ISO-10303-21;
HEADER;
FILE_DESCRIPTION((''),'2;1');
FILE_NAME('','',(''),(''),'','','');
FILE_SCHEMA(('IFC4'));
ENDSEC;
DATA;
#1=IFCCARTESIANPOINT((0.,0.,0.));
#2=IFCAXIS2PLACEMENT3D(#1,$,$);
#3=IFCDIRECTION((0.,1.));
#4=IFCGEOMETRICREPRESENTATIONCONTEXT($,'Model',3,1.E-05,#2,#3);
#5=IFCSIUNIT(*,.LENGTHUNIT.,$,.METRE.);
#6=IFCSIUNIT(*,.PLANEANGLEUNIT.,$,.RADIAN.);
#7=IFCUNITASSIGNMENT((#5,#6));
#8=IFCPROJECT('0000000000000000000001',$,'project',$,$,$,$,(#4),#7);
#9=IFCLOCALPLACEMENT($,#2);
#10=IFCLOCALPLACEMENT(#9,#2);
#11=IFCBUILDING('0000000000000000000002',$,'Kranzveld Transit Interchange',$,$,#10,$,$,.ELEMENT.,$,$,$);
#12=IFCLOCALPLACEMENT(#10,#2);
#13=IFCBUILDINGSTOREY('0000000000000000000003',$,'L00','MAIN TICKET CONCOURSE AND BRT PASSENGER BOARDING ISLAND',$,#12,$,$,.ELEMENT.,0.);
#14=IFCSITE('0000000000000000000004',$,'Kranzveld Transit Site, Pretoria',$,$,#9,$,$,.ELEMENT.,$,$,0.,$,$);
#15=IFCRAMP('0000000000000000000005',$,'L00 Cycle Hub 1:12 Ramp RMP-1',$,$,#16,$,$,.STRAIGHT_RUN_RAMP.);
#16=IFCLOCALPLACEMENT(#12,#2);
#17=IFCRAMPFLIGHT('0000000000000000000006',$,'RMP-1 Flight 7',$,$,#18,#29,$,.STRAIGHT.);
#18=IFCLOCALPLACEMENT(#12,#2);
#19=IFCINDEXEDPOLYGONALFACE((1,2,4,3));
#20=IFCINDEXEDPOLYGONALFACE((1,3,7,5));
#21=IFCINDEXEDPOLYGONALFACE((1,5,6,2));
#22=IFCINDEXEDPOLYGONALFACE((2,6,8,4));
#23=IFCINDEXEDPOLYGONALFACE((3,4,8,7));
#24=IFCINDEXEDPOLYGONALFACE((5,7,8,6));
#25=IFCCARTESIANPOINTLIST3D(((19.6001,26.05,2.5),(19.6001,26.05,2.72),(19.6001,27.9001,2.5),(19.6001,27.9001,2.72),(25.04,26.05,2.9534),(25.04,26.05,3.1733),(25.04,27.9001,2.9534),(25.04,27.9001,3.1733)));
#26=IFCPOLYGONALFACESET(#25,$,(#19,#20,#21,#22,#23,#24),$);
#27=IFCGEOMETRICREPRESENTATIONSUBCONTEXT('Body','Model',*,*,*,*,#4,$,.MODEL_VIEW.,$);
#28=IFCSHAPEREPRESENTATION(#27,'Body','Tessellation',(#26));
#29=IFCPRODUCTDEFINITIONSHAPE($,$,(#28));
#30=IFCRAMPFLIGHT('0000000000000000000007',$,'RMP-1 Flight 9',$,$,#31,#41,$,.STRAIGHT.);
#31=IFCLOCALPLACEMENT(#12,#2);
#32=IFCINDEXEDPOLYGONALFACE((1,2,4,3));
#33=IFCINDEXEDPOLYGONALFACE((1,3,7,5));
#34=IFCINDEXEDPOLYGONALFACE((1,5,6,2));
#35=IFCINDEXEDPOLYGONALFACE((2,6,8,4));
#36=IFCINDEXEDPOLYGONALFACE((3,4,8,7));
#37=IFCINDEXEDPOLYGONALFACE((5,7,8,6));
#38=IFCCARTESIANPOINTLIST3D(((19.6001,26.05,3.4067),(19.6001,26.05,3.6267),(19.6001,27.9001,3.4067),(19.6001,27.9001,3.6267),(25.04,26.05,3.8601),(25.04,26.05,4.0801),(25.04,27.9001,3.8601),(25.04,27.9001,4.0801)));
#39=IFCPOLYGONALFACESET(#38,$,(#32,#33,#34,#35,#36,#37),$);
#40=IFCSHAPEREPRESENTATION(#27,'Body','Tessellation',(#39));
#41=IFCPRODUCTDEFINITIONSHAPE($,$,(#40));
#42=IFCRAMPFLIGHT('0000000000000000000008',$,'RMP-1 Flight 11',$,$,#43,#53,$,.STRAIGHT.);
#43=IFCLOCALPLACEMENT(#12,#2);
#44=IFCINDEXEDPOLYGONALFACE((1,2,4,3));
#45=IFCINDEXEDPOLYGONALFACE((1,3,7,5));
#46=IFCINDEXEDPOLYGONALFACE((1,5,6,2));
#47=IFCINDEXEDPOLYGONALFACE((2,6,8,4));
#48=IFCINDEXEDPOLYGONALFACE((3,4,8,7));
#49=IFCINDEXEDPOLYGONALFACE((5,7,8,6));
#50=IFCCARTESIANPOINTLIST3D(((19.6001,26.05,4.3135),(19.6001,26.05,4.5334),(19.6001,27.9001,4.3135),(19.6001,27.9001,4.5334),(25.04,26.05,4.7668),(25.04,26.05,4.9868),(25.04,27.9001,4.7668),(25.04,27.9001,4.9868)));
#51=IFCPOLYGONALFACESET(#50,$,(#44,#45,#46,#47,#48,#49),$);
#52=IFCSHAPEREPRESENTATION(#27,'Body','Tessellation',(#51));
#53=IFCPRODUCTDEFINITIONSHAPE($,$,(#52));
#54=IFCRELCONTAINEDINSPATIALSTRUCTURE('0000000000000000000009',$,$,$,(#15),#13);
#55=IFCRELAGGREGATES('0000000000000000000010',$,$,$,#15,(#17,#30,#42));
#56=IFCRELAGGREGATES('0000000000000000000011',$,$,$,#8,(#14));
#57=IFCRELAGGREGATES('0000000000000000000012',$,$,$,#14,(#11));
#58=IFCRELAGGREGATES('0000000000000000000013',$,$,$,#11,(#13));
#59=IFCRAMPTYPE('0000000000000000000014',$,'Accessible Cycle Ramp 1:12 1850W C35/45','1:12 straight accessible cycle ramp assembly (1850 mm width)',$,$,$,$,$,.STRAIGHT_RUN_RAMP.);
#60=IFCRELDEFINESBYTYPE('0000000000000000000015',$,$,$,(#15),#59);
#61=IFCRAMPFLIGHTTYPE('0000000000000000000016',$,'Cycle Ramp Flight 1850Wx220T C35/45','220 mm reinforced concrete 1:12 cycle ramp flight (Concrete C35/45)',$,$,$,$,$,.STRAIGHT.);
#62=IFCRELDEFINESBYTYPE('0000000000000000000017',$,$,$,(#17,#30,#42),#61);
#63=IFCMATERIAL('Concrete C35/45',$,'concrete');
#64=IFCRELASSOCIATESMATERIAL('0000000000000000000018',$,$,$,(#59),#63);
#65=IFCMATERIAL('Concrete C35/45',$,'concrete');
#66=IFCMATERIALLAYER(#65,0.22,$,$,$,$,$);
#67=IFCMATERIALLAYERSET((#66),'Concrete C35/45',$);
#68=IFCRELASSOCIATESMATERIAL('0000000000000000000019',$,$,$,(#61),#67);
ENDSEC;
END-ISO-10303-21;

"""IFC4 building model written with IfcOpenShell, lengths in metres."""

from ifc_helpers import new_model, si_unit, direction, frame, origin, place, context, subcontext, project, spatial, polyline, outline, extrude, material, layer, layer_set, type_object, element, aggregate, save


model = new_model("IFC4")

# Units and contexts
model_context = context("Model", 3, precision=1e-05, world=origin(), true_north=direction((0.0, 1.0)))
body_context = subcontext(model_context, "Body", "Model", "MODEL_VIEW")
ifc_project = project(units=[si_unit("LENGTHUNIT", "METRE"), si_unit("PLANEANGLEUNIT", "RADIAN")], contexts=[model_context])

# Site, building, storey
site_placement = place(None, origin())
site = spatial("IfcSite", under=ifc_project, at=site_placement, Name="Kranzveld Transit Site, Pretoria", CompositionType="ELEMENT", RefElevation=0.0)
building_placement = place(site_placement, origin())
building = spatial("IfcBuilding", under=site, at=building_placement, Name="Kranzveld Transit Interchange", CompositionType="ELEMENT")
storey_placement = place(building_placement, origin())
storey = spatial("IfcBuildingStorey", under=building, at=storey_placement, Name="L00", Description="MAIN TICKET CONCOURSE AND BRT PASSENGER BOARDING ISLAND", CompositionType="ELEMENT", Elevation=0.0)

# Ramp, ramp flights
ifc_material_1 = material(Name="Concrete C35/45", Category="concrete")
ramp_type = type_object("IfcRampType", Name="Accessible Cycle Ramp 1:12 1850W C35/45", Description="1:12 straight accessible cycle ramp assembly (1850 mm width)", PredefinedType="STRAIGHT_RUN_RAMP", material=ifc_material_1)
ramp_placement = place(storey_placement, origin())
ramp = element("IfcRamp", 1, at=ramp_placement, inside=storey, type_object=ramp_type, Name="L00 Cycle Hub 1:12 Ramp RMP-1", PredefinedType="STRAIGHT_RUN_RAMP")
ifc_material_2 = material(Name="Concrete C35/45", Category="concrete")
ifc_layer_1 = layer(ifc_material_2, 0.22)
ifc_layer_set_1 = layer_set([ifc_layer_1], Name="Concrete C35/45")
ramp_flight_type = type_object("IfcRampFlightType", Name="Cycle Ramp Flight 1850Wx220T C35/45", Description="220 mm reinforced concrete 1:12 cycle ramp flight (Concrete C35/45)", PredefinedType="STRAIGHT", material=ifc_layer_set_1)
ramp_flight_1_placement = place(storey_placement, frame((19.6001, 26.9751, 2.72), z_axis=(0.0, 0.0, 1.0), x_axis=(1.0, 0.0, 0.0)))
ramp_flight_1 = element("IfcRampFlight", 2, at=ramp_flight_1_placement, type_object=ramp_flight_type, Name="RMP-1 Flight 7", PredefinedType="STRAIGHT", context=body_context, shape_type="SweptSolid", body=[
    extrude(outline(polyline([(0.0, -0.22), (0.0, 0.0), (5.4399, 0.4534), (5.4399, 0.2334), (0.0, -0.22)])), frame((0.0, 0.925, 0.0), z_axis=(0.0, -1.0, 0.0), x_axis=(1.0, 0.0, 0.0)), (0.0, 0.0, 1.0), 1.8501),
])
ramp_flight_2_placement = place(storey_placement, frame((19.6001, 26.9751, 3.6267), z_axis=(0.0, 0.0, 1.0), x_axis=(1.0, 0.0, 0.0)))
ramp_flight_2 = element("IfcRampFlight", 3, at=ramp_flight_2_placement, type_object=ramp_flight_type, Name="RMP-1 Flight 9", PredefinedType="STRAIGHT", context=body_context, shape_type="SweptSolid", body=[
    extrude(outline(polyline([(0.0, -0.22), (0.0, 0.0), (5.4399, 0.4534), (5.4399, 0.2334), (0.0, -0.22)])), frame((0.0, 0.925, 0.0), z_axis=(0.0, -1.0, 0.0), x_axis=(1.0, 0.0, 0.0)), (0.0, 0.0, 1.0), 1.8501),
])
ramp_flight_3_placement = place(storey_placement, frame((19.6001, 26.9751, 4.5334), z_axis=(0.0, 0.0, 1.0), x_axis=(1.0, 0.0, 0.0)))
ramp_flight_3 = element("IfcRampFlight", 4, at=ramp_flight_3_placement, type_object=ramp_flight_type, Name="RMP-1 Flight 11", PredefinedType="STRAIGHT", context=body_context, shape_type="SweptSolid", body=[
    extrude(outline(polyline([(0.0, -0.22), (0.0, 0.0), (5.4399, 0.4534), (5.4399, 0.2334), (0.0, -0.22)])), frame((0.0, 0.925, 0.0), z_axis=(0.0, -1.0, 0.0), x_axis=(1.0, 0.0, 0.0)), (0.0, 0.0, 1.0), 1.8501),
])
aggregate(ramp, [ramp_flight_1, ramp_flight_2, ramp_flight_3])

save(model, "model.ifc")
